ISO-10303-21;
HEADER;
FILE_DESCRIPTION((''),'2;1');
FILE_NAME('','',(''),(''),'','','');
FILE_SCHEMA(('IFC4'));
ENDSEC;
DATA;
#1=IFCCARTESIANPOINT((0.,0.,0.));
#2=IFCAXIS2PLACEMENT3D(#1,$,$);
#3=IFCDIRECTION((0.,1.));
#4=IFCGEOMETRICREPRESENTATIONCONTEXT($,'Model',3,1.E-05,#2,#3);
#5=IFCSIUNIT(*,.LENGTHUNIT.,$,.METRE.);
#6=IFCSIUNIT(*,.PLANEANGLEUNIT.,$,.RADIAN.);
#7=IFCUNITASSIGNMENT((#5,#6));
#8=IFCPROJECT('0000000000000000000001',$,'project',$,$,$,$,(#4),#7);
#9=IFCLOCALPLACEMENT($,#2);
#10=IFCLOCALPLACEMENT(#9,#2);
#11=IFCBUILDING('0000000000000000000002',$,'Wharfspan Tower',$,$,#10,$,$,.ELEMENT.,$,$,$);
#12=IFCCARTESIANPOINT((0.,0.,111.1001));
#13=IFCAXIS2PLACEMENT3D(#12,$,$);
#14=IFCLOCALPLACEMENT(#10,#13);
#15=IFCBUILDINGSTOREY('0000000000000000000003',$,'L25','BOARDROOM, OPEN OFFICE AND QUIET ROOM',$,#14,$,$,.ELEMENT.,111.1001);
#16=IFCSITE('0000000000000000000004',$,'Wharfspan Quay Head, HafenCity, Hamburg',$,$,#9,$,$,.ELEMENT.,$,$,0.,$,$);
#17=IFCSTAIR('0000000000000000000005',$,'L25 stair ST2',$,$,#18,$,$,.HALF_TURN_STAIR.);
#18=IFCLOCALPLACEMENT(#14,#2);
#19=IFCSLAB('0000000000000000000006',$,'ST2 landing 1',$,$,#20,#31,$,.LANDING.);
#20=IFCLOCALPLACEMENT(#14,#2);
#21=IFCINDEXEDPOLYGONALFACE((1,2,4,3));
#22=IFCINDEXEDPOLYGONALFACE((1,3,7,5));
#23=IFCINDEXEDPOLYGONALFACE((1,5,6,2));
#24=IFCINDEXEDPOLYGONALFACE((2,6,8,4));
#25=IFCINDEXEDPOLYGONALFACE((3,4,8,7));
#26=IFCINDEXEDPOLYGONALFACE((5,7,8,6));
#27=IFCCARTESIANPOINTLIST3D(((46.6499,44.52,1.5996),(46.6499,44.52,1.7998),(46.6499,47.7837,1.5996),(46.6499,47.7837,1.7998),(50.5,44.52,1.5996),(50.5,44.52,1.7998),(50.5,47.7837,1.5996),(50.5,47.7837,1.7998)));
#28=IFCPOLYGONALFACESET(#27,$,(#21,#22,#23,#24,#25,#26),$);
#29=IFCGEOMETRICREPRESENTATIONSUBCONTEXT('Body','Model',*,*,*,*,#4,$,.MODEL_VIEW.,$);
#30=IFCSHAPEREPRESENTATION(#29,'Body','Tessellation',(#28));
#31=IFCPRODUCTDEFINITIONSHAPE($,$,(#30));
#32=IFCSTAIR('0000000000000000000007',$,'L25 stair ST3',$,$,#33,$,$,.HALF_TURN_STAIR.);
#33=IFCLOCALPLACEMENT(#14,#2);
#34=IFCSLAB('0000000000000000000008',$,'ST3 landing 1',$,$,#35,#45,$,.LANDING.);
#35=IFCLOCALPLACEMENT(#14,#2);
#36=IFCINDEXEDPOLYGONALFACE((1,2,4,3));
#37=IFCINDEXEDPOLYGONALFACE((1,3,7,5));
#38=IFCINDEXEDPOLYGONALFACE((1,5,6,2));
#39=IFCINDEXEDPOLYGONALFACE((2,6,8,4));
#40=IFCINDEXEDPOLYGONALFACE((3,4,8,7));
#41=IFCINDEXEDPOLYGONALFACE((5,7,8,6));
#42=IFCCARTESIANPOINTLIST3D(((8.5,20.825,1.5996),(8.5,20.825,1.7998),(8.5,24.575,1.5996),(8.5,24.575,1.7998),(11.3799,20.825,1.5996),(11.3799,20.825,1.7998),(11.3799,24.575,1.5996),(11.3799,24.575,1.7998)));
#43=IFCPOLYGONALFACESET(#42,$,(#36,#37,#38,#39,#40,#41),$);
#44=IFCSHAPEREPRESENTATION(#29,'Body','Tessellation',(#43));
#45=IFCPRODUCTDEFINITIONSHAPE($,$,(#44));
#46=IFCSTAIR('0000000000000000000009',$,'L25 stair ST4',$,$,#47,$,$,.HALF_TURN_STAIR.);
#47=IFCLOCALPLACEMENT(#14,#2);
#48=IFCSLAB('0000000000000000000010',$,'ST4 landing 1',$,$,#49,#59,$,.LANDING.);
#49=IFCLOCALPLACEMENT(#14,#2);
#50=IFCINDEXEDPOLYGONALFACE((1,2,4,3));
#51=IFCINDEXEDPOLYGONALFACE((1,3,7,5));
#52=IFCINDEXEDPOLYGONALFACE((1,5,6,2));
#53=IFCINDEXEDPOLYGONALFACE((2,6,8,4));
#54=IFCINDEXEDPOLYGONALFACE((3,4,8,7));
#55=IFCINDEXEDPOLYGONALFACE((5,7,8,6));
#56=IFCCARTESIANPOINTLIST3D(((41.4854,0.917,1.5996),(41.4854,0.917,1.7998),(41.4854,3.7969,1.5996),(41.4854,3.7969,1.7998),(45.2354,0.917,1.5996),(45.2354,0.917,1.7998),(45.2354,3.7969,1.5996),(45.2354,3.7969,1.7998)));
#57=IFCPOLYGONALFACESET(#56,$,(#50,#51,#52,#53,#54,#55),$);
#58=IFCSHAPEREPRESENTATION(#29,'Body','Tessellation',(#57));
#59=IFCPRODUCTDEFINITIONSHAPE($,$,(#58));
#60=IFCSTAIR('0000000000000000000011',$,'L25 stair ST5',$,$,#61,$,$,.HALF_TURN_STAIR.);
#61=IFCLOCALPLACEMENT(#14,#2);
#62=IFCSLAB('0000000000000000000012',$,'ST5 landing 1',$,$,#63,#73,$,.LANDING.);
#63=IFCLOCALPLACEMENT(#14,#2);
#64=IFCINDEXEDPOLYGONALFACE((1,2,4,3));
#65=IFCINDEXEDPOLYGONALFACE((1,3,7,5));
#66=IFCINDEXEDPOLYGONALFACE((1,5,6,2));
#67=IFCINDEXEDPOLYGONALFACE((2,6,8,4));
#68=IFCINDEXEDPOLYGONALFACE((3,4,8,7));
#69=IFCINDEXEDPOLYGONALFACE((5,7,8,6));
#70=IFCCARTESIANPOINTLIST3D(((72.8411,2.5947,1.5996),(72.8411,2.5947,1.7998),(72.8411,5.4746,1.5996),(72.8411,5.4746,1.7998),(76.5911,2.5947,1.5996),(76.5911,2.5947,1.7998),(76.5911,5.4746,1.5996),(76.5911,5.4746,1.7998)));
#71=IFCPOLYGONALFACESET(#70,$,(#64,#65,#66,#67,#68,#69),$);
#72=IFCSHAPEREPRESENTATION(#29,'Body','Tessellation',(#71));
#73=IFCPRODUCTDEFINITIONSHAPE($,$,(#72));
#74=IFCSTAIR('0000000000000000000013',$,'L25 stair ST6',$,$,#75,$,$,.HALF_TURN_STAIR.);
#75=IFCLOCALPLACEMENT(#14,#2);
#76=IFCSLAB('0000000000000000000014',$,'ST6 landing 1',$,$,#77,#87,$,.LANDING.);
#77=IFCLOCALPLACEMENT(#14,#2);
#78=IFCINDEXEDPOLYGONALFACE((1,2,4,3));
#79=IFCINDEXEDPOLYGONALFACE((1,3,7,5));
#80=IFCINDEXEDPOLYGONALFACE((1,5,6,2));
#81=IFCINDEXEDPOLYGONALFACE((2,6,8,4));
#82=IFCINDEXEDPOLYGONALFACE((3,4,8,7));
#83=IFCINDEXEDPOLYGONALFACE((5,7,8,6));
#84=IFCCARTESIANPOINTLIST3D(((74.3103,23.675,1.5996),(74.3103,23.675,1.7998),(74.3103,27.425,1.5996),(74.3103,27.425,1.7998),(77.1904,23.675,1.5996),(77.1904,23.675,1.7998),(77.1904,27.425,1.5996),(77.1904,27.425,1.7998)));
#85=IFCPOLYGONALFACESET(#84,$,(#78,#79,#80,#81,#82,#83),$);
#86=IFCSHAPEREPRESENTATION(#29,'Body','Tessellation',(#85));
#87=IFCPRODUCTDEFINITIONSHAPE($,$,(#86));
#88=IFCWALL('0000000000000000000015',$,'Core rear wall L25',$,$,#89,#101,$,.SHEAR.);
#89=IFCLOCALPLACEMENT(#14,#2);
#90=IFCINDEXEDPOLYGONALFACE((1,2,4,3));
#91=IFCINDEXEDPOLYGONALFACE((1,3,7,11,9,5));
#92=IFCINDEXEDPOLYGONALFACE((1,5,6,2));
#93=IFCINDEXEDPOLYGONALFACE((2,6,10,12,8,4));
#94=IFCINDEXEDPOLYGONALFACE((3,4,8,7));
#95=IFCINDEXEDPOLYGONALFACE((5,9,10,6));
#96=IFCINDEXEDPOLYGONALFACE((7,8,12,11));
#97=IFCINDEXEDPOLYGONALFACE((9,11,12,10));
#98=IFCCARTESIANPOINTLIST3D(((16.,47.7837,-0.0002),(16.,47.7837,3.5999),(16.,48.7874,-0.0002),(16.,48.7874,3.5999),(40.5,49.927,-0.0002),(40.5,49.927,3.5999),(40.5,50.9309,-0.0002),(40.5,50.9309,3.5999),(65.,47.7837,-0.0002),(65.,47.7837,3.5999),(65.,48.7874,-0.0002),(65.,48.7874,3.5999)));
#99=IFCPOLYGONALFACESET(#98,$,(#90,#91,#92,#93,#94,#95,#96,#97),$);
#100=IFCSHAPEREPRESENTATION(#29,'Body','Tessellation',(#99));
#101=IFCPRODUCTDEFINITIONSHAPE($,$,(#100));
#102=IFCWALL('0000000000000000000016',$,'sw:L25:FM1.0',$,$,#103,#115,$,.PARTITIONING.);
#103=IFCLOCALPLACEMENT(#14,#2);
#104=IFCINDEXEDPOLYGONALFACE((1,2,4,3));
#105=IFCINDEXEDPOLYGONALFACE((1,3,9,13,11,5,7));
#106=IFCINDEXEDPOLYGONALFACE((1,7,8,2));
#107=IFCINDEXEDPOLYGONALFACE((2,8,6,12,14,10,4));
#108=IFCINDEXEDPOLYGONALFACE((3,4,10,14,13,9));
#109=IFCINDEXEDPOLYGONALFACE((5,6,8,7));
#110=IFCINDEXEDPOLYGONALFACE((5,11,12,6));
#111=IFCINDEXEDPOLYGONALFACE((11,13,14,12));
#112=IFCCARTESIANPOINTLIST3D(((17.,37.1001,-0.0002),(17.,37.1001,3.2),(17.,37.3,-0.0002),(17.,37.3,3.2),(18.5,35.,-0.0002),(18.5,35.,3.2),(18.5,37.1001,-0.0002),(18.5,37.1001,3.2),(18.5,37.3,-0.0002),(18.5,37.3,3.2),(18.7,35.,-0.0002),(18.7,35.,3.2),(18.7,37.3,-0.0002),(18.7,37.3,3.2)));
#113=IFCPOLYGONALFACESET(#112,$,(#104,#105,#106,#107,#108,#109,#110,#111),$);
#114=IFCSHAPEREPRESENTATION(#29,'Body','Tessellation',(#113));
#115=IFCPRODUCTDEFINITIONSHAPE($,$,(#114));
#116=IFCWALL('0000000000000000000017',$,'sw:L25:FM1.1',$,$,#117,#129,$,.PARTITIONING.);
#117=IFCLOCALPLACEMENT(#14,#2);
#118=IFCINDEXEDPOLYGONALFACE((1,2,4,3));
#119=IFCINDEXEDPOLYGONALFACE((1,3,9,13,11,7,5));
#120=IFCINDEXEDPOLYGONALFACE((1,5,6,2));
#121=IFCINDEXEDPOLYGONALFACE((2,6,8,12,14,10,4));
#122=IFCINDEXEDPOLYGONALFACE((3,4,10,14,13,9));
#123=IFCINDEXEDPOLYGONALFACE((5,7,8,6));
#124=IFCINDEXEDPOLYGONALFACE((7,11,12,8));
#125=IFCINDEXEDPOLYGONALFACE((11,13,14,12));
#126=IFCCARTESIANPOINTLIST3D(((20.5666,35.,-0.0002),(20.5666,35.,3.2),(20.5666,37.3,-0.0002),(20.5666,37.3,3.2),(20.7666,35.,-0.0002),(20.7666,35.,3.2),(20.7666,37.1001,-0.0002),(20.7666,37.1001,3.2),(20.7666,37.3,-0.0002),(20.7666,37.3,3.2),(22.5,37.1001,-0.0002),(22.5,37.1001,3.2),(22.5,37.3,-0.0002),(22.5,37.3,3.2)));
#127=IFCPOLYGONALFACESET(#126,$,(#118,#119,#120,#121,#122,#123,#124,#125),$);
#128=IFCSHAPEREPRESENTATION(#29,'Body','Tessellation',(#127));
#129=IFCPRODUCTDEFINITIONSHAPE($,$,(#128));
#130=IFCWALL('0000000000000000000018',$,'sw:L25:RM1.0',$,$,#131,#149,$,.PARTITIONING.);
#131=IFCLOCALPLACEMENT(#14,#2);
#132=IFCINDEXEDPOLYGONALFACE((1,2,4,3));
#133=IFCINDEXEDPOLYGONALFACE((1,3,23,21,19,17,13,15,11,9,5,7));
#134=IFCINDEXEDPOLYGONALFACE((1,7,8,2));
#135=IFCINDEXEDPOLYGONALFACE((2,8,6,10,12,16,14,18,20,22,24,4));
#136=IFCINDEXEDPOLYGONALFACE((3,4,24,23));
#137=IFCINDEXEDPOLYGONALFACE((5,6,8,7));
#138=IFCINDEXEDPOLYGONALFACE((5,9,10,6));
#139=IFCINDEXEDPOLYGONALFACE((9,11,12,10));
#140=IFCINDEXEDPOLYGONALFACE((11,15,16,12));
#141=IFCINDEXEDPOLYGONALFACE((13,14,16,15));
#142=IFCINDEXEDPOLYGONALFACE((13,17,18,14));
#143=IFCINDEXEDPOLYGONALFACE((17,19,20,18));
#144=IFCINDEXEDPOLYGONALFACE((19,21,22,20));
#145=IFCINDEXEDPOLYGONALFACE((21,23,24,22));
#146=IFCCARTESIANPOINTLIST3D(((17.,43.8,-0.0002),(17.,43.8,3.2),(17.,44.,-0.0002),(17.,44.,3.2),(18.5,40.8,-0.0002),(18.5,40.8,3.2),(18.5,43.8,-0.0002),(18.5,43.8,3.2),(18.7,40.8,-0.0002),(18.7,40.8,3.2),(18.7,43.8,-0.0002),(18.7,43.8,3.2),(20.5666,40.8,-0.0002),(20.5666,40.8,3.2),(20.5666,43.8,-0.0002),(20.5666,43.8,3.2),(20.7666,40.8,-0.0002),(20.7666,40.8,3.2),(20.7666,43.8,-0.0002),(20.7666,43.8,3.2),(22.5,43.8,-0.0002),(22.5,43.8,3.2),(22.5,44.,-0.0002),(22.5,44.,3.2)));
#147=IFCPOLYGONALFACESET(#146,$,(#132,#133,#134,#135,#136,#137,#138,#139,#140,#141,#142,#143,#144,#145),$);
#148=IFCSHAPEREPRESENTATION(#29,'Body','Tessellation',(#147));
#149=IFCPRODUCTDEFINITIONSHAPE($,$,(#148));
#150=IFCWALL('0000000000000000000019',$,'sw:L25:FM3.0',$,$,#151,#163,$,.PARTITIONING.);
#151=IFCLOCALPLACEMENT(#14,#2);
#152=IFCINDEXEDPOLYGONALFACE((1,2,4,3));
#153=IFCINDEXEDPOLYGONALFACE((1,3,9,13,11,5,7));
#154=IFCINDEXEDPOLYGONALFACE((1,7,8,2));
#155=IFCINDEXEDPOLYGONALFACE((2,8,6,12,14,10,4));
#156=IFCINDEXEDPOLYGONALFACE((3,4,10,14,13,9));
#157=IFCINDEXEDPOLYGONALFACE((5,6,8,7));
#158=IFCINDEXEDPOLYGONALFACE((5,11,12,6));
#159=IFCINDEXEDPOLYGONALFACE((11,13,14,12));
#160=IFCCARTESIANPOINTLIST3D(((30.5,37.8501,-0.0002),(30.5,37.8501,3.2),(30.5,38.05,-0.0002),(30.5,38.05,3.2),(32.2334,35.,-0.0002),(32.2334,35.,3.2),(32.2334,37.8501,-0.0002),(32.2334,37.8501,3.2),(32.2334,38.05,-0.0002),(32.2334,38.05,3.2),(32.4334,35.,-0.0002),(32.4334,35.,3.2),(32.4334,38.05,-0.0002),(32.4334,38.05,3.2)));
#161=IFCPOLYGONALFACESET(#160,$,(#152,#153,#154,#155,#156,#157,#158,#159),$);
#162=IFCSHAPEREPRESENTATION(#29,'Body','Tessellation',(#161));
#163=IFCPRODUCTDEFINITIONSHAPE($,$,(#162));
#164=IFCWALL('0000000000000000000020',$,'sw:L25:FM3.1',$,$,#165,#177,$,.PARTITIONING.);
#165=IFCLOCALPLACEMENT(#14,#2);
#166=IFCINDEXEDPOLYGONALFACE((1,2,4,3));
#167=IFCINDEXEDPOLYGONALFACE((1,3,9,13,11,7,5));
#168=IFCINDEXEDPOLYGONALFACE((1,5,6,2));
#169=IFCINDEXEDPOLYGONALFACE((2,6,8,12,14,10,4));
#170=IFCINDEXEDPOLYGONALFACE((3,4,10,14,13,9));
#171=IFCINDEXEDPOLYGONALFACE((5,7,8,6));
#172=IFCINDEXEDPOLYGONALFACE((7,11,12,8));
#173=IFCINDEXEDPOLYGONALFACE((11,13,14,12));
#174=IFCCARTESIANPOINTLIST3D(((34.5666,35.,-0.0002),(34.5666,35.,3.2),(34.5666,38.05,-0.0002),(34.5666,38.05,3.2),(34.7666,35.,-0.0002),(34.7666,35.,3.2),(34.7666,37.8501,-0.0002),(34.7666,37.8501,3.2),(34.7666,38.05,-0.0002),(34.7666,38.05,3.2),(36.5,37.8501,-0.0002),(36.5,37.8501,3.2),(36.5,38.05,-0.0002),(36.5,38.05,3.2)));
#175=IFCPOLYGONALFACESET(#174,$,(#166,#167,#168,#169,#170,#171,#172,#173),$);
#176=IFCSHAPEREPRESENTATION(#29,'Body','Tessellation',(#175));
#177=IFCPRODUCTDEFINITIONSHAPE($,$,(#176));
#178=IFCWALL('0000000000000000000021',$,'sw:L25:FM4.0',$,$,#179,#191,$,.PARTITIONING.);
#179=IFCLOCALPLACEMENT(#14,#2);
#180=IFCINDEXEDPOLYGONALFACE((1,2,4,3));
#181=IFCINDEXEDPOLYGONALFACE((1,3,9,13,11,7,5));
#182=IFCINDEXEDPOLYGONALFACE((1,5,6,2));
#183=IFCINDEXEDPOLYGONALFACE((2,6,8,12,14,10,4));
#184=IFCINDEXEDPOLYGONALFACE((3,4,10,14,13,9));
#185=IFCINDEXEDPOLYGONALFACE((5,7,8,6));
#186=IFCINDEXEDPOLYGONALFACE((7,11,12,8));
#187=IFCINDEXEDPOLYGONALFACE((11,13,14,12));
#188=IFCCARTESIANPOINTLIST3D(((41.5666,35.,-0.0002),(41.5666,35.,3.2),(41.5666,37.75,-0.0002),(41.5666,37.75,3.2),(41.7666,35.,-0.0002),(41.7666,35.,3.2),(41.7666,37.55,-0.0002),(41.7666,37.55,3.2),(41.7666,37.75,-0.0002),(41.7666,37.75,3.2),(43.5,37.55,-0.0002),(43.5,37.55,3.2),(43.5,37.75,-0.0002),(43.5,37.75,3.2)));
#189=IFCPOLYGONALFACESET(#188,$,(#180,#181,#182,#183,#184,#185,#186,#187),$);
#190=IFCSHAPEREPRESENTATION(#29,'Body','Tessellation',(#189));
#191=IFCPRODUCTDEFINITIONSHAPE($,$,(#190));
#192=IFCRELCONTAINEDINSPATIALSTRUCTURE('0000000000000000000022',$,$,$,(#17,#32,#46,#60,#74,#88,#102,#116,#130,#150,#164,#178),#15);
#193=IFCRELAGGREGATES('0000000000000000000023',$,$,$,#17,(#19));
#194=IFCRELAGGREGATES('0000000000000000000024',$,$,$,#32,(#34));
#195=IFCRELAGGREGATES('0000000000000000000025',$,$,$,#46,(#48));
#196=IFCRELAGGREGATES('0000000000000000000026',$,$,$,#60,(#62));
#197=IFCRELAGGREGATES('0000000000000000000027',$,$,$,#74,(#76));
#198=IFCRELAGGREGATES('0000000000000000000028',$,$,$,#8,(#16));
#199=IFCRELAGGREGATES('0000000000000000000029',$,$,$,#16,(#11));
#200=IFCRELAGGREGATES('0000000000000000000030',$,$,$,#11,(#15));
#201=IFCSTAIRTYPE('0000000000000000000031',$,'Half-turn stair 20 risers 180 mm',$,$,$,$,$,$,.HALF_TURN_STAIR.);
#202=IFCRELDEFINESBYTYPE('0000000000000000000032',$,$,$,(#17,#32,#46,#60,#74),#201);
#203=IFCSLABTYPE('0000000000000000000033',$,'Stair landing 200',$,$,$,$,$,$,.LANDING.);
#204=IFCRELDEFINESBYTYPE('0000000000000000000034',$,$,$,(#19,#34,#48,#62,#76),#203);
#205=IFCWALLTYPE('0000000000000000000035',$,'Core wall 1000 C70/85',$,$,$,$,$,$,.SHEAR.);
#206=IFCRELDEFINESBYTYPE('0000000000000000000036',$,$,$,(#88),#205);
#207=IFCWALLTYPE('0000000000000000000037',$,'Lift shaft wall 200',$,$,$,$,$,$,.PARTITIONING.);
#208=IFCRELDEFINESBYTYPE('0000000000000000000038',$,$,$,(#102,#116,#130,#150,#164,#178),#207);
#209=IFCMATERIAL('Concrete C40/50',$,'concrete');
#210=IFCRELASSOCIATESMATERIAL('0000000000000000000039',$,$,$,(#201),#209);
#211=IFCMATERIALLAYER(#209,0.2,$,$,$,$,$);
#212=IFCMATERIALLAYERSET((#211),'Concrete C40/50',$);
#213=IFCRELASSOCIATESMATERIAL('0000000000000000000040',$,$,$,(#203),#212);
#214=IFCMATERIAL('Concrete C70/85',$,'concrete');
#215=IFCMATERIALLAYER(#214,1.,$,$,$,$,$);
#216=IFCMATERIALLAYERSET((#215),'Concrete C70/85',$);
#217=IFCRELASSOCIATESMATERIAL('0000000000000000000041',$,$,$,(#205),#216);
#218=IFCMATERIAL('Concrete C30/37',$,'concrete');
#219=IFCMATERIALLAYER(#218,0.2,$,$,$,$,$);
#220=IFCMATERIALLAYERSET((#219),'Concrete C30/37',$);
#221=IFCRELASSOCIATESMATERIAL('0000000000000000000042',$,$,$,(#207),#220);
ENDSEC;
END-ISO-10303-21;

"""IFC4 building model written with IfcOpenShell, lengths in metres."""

from ifc_helpers import new_model, si_unit, direction, frame, origin, place, context, subcontext, project, spatial, polyline, outline, extrude, material, layer, layer_set, type_object, element, aggregate, save


model = new_model("IFC4")

# Units and contexts
model_context = context("Model", 3, precision=1e-05, world=origin(), true_north=direction((0.0, 1.0)))
body_context = subcontext(model_context, "Body", "Model", "MODEL_VIEW")
ifc_project = project(units=[si_unit("LENGTHUNIT", "METRE"), si_unit("PLANEANGLEUNIT", "RADIAN")], contexts=[model_context])

# Site, building, storey
site_placement = place(None, origin())
site = spatial("IfcSite", under=ifc_project, at=site_placement, Name="Wharfspan Quay Head, HafenCity, Hamburg", CompositionType="ELEMENT", RefElevation=0.0)
building_placement = place(site_placement, origin())
building = spatial("IfcBuilding", under=site, at=building_placement, Name="Wharfspan Tower", CompositionType="ELEMENT")
storey_placement = place(building_placement, frame((0.0, 0.0, 111.1001)))
storey = spatial("IfcBuildingStorey", under=building, at=storey_placement, Name="L25", Description="BOARDROOM, OPEN OFFICE AND QUIET ROOM", CompositionType="ELEMENT", Elevation=111.1001)

# Shared definitions
ifc_material_1 = material(Name="Concrete C40/50", Category="concrete")

# Stairs, slabs
stair_type = type_object("IfcStairType", Name="Half-turn stair 20 risers 180 mm", PredefinedType="HALF_TURN_STAIR", material=ifc_material_1)
ifc_layer_1 = layer(ifc_material_1, 0.2)
ifc_layer_set_1 = layer_set([ifc_layer_1], Name="Concrete C40/50")
slab_type_1 = type_object("IfcSlabType", Name="Stair landing 200", PredefinedType="LANDING", material=ifc_layer_set_1)
stair_1_placement = place(storey_placement, origin())
stair_1 = element("IfcStair", 1, at=stair_1_placement, inside=storey, type_object=stair_type, Name="L25 stair ST2", PredefinedType="HALF_TURN_STAIR")
slab_1_placement = place(storey_placement, frame((0.0, 0.0, 1.5996)))
slab_1 = element("IfcSlab", 2, at=slab_1_placement, type_object=slab_type_1, Name="ST2 landing 1", PredefinedType="LANDING", context=body_context, shape_type="SweptSolid", body=[
    extrude(outline(polyline([(46.6499, 44.52), (50.5, 44.52), (50.5, 47.7837), (46.6499, 47.7837), (46.6499, 44.52)])), origin(), (0.0, 0.0, 1.0), 0.2002),
])
aggregate(stair_1, [slab_1])
stair_2_placement = place(storey_placement, origin())
stair_2 = element("IfcStair", 3, at=stair_2_placement, inside=storey, type_object=stair_type, Name="L25 stair ST3", PredefinedType="HALF_TURN_STAIR")
slab_2_placement = place(storey_placement, frame((0.0, 0.0, 1.5996)))
slab_2 = element("IfcSlab", 4, at=slab_2_placement, type_object=slab_type_1, Name="ST3 landing 1", PredefinedType="LANDING", context=body_context, shape_type="SweptSolid", body=[
    extrude(outline(polyline([(11.3799, 24.575), (8.5, 24.575), (8.5, 20.825), (11.3799, 20.825), (11.3799, 24.575)])), origin(), (0.0, 0.0, 1.0), 0.2002),
])
aggregate(stair_2, [slab_2])
stair_3_placement = place(storey_placement, origin())
stair_3 = element("IfcStair", 5, at=stair_3_placement, inside=storey, type_object=stair_type, Name="L25 stair ST4", PredefinedType="HALF_TURN_STAIR")
slab_3_placement = place(storey_placement, frame((0.0, 0.0, 1.5996)))
slab_3 = element("IfcSlab", 6, at=slab_3_placement, type_object=slab_type_1, Name="ST4 landing 1", PredefinedType="LANDING", context=body_context, shape_type="SweptSolid", body=[
    extrude(outline(polyline([(41.4854, 3.7969), (41.4854, 0.917), (45.2354, 0.917), (45.2354, 3.7969), (41.4854, 3.7969)])), origin(), (0.0, 0.0, 1.0), 0.2002),
])
aggregate(stair_3, [slab_3])
stair_4_placement = place(storey_placement, origin())
stair_4 = element("IfcStair", 7, at=stair_4_placement, inside=storey, type_object=stair_type, Name="L25 stair ST5", PredefinedType="HALF_TURN_STAIR")
slab_4_placement = place(storey_placement, frame((0.0, 0.0, 1.5996)))
slab_4 = element("IfcSlab", 8, at=slab_4_placement, type_object=slab_type_1, Name="ST5 landing 1", PredefinedType="LANDING", context=body_context, shape_type="SweptSolid", body=[
    extrude(outline(polyline([(72.8411, 5.4746), (72.8411, 2.5947), (76.5911, 2.5947), (76.5911, 5.4746), (72.8411, 5.4746)])), origin(), (0.0, 0.0, 1.0), 0.2002),
])
aggregate(stair_4, [slab_4])
stair_5_placement = place(storey_placement, origin())
stair_5 = element("IfcStair", 9, at=stair_5_placement, inside=storey, type_object=stair_type, Name="L25 stair ST6", PredefinedType="HALF_TURN_STAIR")
slab_5_placement = place(storey_placement, frame((0.0, 0.0, 1.5996)))
slab_5 = element("IfcSlab", 10, at=slab_5_placement, type_object=slab_type_1, Name="ST6 landing 1", PredefinedType="LANDING", context=body_context, shape_type="SweptSolid", body=[
    extrude(outline(polyline([(74.3103, 23.675), (77.1904, 23.675), (77.1904, 27.425), (74.3103, 27.425), (74.3103, 23.675)])), origin(), (0.0, 0.0, 1.0), 0.2002),
])
aggregate(stair_5, [slab_5])

# Walls
ifc_material_2 = material(Name="Concrete C70/85", Category="concrete")
ifc_layer_2 = layer(ifc_material_2, 1.0)
ifc_layer_set_2 = layer_set([ifc_layer_2], Name="Concrete C70/85")
wall_type_1 = type_object("IfcWallType", Name="Core wall 1000 C70/85", PredefinedType="SHEAR", material=ifc_layer_set_2)
wall_1_placement = place(storey_placement, frame((0.0, 0.0, -0.0002)))
element("IfcWall", 11, at=wall_1_placement, inside=storey, type_object=wall_type_1, Name="Core rear wall L25", PredefinedType="SHEAR", context=body_context, shape_type="SweptSolid", body=[
    extrude(outline(polyline([(16.0, 47.7837), (40.5, 49.927), (65.0, 47.7837), (65.0, 48.7874), (40.5, 50.9309), (16.0, 48.7874), (16.0, 47.7837)])), origin(), (0.0, 0.0, 1.0), 3.6001),
])
ifc_material_3 = material(Name="Concrete C30/37", Category="concrete")
ifc_layer_3 = layer(ifc_material_3, 0.2)
ifc_layer_set_3 = layer_set([ifc_layer_3], Name="Concrete C30/37")
wall_type_2 = type_object("IfcWallType", Name="Lift shaft wall 200", PredefinedType="PARTITIONING", material=ifc_layer_set_3)
wall_2_placement = place(storey_placement, frame((0.0, 0.0, -0.0002)))
element("IfcWall", 12, at=wall_2_placement, inside=storey, type_object=wall_type_2, Name="sw:L25:FM1.0", PredefinedType="PARTITIONING", context=body_context, shape_type="SweptSolid", body=[
    extrude(outline(polyline([(18.5, 37.1001), (17.0, 37.1001), (17.0, 37.3), (18.5, 37.3), (18.7, 37.3), (18.7, 35.0), (18.5, 35.0), (18.5, 37.1001)])), origin(), (0.0, 0.0, 1.0), 3.2002),
])
wall_3_placement = place(storey_placement, frame((0.0, 0.0, -0.0002)))
element("IfcWall", 13, at=wall_3_placement, inside=storey, type_object=wall_type_2, Name="sw:L25:FM1.1", PredefinedType="PARTITIONING", context=body_context, shape_type="SweptSolid", body=[
    extrude(outline(polyline([(20.5666, 37.3), (20.7666, 37.3), (22.5, 37.3), (22.5, 37.1001), (20.7666, 37.1001), (20.7666, 35.0), (20.5666, 35.0), (20.5666, 37.3)])), origin(), (0.0, 0.0, 1.0), 3.2002),
])
wall_4_placement = place(storey_placement, frame((0.0, 0.0, -0.0002)))
element("IfcWall", 14, at=wall_4_placement, inside=storey, type_object=wall_type_2, Name="sw:L25:RM1.0", PredefinedType="PARTITIONING", context=body_context, shape_type="SweptSolid", body=[
    extrude(outline(polyline([(18.7, 40.8), (18.5, 40.8), (18.5, 43.8), (17.0, 43.8), (17.0, 44.0), (22.5, 44.0), (22.5, 43.8), (20.7666, 43.8), (20.7666, 40.8), (20.5666, 40.8), (20.5666, 43.8), (18.7, 43.8), (18.7, 40.8)])), origin(), (0.0, 0.0, 1.0), 3.2002),
])
wall_5_placement = place(storey_placement, frame((0.0, 0.0, -0.0002)))
element("IfcWall", 15, at=wall_5_placement, inside=storey, type_object=wall_type_2, Name="sw:L25:FM3.0", PredefinedType="PARTITIONING", context=body_context, shape_type="SweptSolid", body=[
    extrude(outline(polyline([(32.2334, 37.8501), (30.5, 37.8501), (30.5, 38.05), (32.2334, 38.05), (32.4333, 38.05), (32.4333, 35.0), (32.2334, 35.0), (32.2334, 37.8501)])), origin(), (0.0, 0.0, 1.0), 3.2002),
])
wall_6_placement = place(storey_placement, frame((0.0, 0.0, -0.0002)))
element("IfcWall", 16, at=wall_6_placement, inside=storey, type_object=wall_type_2, Name="sw:L25:FM3.1", PredefinedType="PARTITIONING", context=body_context, shape_type="SweptSolid", body=[
    extrude(outline(polyline([(34.5667, 38.05), (34.7666, 38.05), (36.5, 38.05), (36.5, 37.8501), (34.7666, 37.8501), (34.7666, 35.0), (34.5667, 35.0), (34.5667, 38.05)])), origin(), (0.0, 0.0, 1.0), 3.2002),
])
wall_7_placement = place(storey_placement, frame((0.0, 0.0, -0.0002)))
element("IfcWall", 17, at=wall_7_placement, inside=storey, type_object=wall_type_2, Name="sw:L25:FM4.0", PredefinedType="PARTITIONING", context=body_context, shape_type="SweptSolid", body=[
    extrude(outline(polyline([(41.5667, 37.75), (41.7666, 37.75), (43.5, 37.75), (43.5, 37.55), (41.7666, 37.55), (41.7666, 35.0), (41.5667, 35.0), (41.5667, 37.75)])), origin(), (0.0, 0.0, 1.0), 3.2002),
])

save(model, "model.ifc")
